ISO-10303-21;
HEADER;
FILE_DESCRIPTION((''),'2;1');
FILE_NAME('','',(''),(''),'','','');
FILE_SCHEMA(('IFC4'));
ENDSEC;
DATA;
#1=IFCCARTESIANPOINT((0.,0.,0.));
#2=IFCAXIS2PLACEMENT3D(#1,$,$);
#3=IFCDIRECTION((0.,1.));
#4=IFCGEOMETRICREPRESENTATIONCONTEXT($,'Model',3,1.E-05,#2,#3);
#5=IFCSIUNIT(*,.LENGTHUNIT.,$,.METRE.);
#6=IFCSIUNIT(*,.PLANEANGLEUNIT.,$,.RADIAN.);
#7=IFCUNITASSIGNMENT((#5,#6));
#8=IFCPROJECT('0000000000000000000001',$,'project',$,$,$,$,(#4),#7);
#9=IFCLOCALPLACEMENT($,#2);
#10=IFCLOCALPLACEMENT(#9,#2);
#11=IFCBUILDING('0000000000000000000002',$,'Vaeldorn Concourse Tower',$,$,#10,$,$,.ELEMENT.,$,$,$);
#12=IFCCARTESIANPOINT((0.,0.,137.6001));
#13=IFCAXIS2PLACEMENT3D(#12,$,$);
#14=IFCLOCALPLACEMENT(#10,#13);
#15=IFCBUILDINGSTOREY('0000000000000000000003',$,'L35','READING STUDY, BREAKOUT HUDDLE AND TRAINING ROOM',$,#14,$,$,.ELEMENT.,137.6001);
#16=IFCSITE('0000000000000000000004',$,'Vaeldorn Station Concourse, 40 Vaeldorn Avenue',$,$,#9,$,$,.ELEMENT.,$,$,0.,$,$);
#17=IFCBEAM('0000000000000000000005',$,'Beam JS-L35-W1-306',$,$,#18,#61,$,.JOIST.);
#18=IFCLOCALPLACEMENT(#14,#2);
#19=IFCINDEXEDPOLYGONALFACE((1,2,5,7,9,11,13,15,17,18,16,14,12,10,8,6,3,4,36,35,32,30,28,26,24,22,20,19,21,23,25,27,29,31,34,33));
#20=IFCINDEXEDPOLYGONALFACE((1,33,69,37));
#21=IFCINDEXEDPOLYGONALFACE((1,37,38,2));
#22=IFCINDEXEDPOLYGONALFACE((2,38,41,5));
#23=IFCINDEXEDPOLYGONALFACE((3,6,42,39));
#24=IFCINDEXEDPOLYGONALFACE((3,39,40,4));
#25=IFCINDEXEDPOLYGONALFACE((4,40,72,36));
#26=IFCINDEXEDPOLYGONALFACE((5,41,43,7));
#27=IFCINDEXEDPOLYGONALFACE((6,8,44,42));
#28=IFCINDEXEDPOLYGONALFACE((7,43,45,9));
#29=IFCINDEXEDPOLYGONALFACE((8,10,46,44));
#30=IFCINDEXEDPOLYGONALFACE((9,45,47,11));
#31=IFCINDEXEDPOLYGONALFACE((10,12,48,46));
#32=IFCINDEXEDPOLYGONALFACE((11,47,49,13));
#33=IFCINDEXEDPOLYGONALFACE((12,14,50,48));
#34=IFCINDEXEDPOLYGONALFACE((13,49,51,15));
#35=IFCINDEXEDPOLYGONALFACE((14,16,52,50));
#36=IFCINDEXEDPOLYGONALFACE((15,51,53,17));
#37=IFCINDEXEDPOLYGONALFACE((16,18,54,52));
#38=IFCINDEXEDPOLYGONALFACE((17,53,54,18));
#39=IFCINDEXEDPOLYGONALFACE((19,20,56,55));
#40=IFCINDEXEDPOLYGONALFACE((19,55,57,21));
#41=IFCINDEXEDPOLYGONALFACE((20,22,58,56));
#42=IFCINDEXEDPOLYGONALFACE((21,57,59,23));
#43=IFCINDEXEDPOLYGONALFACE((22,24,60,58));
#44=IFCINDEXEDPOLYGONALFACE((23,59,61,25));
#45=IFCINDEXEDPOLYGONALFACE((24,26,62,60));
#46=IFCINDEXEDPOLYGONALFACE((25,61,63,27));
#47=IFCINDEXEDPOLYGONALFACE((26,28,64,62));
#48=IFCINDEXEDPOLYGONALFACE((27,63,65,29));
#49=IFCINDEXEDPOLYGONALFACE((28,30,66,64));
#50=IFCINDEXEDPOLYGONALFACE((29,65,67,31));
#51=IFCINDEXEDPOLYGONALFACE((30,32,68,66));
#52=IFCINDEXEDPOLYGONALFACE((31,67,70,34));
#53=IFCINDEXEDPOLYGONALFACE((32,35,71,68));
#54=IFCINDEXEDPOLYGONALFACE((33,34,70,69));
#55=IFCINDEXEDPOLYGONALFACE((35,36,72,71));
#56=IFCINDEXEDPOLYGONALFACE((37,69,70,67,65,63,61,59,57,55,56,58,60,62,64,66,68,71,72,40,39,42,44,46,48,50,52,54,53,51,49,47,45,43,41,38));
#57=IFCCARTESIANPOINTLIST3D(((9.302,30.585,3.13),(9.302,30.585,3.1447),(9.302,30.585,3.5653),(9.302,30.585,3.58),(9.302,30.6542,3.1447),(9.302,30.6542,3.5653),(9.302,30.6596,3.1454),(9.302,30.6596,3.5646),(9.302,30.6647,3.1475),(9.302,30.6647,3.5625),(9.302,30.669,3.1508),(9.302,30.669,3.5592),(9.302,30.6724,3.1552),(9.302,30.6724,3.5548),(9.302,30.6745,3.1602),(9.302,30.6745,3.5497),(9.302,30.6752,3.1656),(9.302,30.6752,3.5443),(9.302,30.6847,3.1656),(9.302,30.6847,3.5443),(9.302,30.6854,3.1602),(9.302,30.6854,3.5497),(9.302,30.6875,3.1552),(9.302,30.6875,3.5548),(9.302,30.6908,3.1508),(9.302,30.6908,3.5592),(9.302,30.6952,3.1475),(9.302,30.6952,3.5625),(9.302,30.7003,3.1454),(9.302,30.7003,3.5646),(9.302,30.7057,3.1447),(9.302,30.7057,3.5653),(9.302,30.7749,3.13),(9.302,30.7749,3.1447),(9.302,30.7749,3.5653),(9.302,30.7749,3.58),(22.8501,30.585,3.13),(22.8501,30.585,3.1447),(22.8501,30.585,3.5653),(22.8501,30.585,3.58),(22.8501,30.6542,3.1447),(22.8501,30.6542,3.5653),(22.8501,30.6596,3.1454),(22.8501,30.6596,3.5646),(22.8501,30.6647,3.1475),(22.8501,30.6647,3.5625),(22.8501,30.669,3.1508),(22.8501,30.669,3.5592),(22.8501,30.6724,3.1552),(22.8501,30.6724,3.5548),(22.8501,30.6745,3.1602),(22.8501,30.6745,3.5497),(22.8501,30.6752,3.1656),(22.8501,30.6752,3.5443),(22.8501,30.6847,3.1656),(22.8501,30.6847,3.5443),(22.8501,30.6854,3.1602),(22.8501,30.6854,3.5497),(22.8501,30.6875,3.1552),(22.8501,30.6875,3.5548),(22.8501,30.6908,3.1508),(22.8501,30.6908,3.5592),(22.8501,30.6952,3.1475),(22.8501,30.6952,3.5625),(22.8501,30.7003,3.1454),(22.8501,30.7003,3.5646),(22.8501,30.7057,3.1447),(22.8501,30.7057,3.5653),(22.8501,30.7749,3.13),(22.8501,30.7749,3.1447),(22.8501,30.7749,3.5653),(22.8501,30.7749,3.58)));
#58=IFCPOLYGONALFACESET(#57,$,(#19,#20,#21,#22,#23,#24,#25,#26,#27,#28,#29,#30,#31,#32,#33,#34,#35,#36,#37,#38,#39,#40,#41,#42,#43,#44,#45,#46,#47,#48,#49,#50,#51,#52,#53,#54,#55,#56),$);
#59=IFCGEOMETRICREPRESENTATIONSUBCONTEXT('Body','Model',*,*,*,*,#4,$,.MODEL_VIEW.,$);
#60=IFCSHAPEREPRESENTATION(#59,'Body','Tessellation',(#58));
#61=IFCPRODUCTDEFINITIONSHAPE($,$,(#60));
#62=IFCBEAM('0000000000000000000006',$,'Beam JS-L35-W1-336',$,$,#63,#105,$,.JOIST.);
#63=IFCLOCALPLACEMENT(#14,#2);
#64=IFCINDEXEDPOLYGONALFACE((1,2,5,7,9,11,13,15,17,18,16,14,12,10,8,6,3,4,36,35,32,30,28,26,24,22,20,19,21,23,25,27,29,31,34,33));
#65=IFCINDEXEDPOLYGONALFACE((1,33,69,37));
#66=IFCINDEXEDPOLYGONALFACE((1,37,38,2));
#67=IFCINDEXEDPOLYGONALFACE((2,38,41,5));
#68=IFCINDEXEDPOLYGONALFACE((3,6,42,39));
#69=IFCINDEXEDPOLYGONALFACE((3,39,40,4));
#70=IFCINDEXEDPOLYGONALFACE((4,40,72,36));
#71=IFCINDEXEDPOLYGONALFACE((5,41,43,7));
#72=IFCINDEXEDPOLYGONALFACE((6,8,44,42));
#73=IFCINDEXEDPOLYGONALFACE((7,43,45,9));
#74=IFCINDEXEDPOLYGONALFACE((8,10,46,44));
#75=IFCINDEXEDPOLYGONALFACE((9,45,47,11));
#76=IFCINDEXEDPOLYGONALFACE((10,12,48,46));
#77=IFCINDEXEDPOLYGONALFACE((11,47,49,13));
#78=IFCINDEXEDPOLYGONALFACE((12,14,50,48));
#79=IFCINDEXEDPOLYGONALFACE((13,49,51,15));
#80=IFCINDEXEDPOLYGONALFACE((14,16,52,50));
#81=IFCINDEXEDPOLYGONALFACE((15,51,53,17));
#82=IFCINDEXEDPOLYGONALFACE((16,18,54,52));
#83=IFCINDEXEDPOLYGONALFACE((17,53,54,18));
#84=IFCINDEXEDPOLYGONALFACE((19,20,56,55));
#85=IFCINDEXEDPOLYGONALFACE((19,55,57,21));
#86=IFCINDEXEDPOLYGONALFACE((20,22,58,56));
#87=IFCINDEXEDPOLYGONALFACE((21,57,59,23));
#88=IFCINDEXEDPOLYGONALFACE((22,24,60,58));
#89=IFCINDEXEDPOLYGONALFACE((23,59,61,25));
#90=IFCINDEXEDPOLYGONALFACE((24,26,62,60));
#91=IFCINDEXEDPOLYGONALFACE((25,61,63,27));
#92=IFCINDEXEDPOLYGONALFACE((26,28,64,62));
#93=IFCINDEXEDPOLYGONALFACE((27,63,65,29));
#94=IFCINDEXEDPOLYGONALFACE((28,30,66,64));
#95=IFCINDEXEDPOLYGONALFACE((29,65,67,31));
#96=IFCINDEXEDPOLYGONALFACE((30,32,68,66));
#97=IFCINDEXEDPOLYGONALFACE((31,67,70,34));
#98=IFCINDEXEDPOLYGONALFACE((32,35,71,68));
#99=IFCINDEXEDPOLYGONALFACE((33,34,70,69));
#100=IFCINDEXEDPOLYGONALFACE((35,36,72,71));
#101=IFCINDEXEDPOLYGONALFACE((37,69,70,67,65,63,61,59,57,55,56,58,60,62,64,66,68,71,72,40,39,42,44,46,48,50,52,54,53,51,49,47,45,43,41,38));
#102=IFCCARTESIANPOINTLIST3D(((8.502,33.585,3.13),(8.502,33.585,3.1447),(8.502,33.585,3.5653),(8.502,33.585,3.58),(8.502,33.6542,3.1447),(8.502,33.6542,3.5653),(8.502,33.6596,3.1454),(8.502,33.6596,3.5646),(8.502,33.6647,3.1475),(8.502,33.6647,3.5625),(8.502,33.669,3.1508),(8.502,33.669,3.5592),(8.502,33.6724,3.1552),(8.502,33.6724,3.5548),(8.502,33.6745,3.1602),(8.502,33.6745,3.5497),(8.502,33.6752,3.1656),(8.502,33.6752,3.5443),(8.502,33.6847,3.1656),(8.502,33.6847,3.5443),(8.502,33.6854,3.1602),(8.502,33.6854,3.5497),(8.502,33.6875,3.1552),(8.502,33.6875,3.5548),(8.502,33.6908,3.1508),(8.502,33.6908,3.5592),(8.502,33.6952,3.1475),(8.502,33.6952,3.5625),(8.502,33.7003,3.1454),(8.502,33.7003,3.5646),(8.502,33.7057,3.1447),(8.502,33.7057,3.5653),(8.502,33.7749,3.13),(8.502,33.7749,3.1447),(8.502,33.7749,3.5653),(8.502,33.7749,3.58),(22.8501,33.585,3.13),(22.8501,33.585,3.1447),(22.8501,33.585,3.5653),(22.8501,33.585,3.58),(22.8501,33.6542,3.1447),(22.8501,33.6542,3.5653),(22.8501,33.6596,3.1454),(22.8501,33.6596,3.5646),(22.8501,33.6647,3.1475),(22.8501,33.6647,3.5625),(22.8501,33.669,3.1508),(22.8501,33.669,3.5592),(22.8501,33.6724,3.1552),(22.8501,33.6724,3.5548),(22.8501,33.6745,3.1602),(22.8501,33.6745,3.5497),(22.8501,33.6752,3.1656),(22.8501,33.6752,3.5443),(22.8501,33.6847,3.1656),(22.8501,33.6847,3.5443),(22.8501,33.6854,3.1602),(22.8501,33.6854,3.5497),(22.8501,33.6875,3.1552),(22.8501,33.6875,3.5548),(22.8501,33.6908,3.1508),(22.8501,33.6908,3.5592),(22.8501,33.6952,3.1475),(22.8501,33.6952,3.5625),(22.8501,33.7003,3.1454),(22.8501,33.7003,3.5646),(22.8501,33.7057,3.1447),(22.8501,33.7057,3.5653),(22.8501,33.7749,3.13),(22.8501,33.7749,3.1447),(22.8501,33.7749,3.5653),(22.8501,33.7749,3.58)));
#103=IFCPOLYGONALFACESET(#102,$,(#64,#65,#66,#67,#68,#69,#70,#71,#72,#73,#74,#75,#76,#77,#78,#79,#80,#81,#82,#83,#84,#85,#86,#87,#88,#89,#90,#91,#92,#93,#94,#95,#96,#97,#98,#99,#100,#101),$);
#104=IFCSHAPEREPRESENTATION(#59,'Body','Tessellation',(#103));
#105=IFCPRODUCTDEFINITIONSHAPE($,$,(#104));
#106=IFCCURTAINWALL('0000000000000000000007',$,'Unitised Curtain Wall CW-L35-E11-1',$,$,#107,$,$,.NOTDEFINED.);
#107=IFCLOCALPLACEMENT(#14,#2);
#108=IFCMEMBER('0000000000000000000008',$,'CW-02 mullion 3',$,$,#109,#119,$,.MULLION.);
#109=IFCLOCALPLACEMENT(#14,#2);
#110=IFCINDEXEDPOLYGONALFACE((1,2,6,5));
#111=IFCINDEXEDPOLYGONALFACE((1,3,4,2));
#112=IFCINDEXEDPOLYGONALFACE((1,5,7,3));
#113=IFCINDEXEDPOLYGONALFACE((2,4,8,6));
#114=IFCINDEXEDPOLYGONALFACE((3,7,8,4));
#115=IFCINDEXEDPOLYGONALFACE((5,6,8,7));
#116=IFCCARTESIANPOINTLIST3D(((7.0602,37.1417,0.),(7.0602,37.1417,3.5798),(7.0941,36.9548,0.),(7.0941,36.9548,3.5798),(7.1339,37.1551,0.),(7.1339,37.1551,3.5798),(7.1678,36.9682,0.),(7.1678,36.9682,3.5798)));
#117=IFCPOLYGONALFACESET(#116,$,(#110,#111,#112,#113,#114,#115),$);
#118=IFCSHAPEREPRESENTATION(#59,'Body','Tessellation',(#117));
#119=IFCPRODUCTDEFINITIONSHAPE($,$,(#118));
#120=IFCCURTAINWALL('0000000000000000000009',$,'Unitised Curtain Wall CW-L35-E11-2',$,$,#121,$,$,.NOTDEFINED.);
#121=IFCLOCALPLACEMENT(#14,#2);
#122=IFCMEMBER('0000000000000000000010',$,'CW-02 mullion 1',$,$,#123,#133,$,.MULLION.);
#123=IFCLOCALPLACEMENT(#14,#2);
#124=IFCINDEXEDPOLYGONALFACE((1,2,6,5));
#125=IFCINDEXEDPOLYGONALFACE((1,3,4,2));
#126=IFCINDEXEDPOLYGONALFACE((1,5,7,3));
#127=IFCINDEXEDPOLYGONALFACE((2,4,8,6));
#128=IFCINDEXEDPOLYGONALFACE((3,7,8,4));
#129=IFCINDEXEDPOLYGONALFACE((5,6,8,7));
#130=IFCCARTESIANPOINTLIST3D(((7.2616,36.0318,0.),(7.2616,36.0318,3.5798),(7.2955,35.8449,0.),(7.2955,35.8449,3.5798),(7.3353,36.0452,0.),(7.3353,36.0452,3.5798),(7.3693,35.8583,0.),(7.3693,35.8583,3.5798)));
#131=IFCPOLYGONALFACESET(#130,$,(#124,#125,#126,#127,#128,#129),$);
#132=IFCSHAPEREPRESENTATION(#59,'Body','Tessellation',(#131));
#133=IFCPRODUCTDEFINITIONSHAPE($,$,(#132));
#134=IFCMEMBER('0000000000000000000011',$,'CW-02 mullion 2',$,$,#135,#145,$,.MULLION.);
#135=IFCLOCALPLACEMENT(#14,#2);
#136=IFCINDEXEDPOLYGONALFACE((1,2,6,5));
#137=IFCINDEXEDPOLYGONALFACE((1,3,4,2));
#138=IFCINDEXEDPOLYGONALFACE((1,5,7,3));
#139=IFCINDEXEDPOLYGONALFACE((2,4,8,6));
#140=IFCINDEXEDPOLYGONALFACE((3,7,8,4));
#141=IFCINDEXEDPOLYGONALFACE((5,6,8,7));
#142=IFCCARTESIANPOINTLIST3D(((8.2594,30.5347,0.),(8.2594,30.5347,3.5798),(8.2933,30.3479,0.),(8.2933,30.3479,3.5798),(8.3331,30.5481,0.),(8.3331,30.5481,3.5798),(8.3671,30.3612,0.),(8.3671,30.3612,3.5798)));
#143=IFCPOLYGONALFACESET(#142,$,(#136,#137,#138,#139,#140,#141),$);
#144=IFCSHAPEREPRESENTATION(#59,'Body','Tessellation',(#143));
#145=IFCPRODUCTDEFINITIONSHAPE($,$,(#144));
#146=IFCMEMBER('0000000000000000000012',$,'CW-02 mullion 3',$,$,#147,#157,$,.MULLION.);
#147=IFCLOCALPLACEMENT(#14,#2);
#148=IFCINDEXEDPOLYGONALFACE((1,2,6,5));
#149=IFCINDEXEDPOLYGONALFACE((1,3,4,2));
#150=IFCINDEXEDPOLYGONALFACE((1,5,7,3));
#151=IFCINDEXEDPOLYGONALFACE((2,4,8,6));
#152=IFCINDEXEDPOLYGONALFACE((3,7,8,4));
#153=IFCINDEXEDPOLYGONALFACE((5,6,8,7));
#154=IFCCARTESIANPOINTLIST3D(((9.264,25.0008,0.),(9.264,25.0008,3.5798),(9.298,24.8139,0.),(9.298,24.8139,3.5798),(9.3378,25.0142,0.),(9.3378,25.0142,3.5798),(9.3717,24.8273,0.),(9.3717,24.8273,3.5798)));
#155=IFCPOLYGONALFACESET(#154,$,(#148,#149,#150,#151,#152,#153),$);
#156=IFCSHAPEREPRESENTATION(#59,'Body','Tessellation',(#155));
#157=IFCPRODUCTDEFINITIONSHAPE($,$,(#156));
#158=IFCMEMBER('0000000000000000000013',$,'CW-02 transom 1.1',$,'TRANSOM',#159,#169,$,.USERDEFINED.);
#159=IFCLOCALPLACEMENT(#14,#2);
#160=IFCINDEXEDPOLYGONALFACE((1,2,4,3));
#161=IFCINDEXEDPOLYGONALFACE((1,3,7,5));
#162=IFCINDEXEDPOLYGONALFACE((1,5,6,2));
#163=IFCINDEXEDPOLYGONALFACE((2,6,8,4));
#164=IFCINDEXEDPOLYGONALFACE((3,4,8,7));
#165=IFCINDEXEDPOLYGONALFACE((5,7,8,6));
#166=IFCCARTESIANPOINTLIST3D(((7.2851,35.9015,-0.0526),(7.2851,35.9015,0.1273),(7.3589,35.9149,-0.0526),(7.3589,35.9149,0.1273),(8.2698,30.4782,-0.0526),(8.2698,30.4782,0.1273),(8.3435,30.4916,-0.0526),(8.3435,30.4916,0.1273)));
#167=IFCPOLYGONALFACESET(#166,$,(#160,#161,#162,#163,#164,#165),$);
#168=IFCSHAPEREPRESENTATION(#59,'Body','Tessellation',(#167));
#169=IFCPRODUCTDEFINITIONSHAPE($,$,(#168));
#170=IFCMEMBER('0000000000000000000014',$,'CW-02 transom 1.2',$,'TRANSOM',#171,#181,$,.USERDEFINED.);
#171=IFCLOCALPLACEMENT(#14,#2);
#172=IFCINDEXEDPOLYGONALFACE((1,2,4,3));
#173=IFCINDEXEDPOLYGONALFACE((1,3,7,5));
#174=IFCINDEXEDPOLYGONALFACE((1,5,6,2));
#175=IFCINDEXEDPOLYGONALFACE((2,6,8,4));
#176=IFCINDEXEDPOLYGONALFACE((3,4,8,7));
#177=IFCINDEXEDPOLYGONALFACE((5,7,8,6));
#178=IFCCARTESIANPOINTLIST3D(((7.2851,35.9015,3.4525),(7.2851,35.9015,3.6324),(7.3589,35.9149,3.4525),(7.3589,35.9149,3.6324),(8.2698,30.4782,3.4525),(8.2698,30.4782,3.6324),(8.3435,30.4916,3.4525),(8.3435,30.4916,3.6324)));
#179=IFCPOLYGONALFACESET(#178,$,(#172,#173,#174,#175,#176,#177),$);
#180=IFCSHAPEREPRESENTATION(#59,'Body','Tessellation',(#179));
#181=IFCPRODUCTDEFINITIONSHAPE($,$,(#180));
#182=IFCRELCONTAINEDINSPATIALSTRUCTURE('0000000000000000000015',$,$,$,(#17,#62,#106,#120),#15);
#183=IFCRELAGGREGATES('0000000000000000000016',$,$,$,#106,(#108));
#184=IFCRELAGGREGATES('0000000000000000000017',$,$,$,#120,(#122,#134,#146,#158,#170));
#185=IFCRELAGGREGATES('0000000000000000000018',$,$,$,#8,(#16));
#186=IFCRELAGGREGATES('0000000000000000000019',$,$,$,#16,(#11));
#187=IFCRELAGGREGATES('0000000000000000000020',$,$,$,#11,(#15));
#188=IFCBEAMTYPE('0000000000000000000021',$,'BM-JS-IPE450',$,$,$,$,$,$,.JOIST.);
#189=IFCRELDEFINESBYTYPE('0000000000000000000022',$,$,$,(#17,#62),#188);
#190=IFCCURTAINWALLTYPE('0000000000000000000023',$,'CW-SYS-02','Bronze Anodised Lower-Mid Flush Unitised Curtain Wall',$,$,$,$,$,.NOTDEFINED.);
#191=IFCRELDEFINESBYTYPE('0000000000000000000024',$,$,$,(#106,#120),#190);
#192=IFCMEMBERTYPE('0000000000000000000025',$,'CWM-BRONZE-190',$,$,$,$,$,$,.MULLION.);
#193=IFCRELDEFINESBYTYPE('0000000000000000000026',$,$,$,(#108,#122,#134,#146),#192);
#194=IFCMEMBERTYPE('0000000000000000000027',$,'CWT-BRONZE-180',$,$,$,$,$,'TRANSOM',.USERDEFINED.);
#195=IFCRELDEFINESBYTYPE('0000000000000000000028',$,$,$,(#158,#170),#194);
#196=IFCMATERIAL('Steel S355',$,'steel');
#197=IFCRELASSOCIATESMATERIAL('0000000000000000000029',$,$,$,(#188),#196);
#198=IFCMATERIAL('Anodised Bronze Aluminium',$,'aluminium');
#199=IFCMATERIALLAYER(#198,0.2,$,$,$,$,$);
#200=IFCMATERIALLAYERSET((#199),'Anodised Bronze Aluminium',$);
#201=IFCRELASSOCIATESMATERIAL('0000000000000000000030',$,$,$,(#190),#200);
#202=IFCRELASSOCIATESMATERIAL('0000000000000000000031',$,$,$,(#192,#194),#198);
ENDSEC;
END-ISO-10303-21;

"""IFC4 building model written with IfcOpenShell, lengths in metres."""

from ifc_helpers import new_model, si_unit, direction, frame, origin, origin_2d, place, context, subcontext, project, spatial, rectangle, i_section, extrude, source, transform, mapped, material, layer, layer_set, material_profile, profile_set, type_object, element, aggregate, save


model = new_model("IFC4")

# Units and contexts
model_context = context("Model", 3, precision=1e-05, world=origin(), true_north=direction((0.0, 1.0)))
body_context = subcontext(model_context, "Body", "Model", "MODEL_VIEW")
ifc_project = project(units=[si_unit("LENGTHUNIT", "METRE"), si_unit("PLANEANGLEUNIT", "RADIAN")], contexts=[model_context])

# Site, building, storey
site_placement = place(None, origin())
site = spatial("IfcSite", under=ifc_project, at=site_placement, Name="Vaeldorn Station Concourse, 40 Vaeldorn Avenue", CompositionType="ELEMENT", RefElevation=0.0)
building_placement = place(site_placement, origin())
building = spatial("IfcBuilding", under=site, at=building_placement, Name="Vaeldorn Concourse Tower", CompositionType="ELEMENT")
storey_placement = place(building_placement, frame((0.0, 0.0, 137.6001)))
storey = spatial("IfcBuildingStorey", under=building, at=storey_placement, Name="L35", Description="READING STUDY, BREAKOUT HUDDLE AND TRAINING ROOM", CompositionType="ELEMENT", Elevation=137.6001)

# Beams
ifc_material_1 = material(Name="Steel S355", Category="steel")
ifc_material_profile_1 = material_profile(ifc_material_1, i_section(OverallWidth=0.1899, OverallDepth=0.45, WebThickness=0.0095, FlangeThickness=0.0146, FilletRadius=0.021, at=origin_2d()), Name="IPE 450")
ifc_profile_set_1 = profile_set([ifc_material_profile_1], Name="Steel S355")
beam_type_1 = type_object("IfcBeamType", Name="BM-JS-IPE450", PredefinedType="JOIST", material=ifc_profile_set_1)
shared_shape_1 = source(origin(), body_context, "Body", "SweptSolid", [
    extrude(i_section(OverallWidth=0.1899, OverallDepth=0.45, WebThickness=0.0095, FlangeThickness=0.0146, FilletRadius=0.021, at=origin_2d()), origin(), (0.0, 0.0, 1.0), 13.5481),
])
beam_1_placement = place(storey_placement, frame((9.302, 30.6799, 3.355), z_axis=(1.0, 0.0, 0.0), x_axis=(0.0, 1.0, 0.0)))
element("IfcBeam", 1, at=beam_1_placement, inside=storey, type_object=beam_type_1, Name="Beam JS-L35-W1-306", PredefinedType="JOIST", context=body_context, shape_type="MappedRepresentation", body=[
    mapped(shared_shape_1, transform((0.0, 0.0, 0.0), scale=1.0)),
])
shared_shape_2 = source(origin(), body_context, "Body", "SweptSolid", [
    extrude(i_section(OverallWidth=0.1899, OverallDepth=0.45, WebThickness=0.0095, FlangeThickness=0.0146, FilletRadius=0.021, at=origin_2d()), origin(), (0.0, 0.0, 1.0), 14.3481),
])
beam_2_placement = place(storey_placement, frame((8.502, 33.6799, 3.355), z_axis=(1.0, 0.0, 0.0), x_axis=(0.0, 1.0, 0.0)))
element("IfcBeam", 2, at=beam_2_placement, inside=storey, type_object=beam_type_1, Name="Beam JS-L35-W1-336", PredefinedType="JOIST", context=body_context, shape_type="MappedRepresentation", body=[
    mapped(shared_shape_2, transform((0.0, 0.0, 0.0), scale=1.0)),
])

# Curtain wall, member
ifc_material_2 = material(Name="Anodised Bronze Aluminium", Category="aluminium")
ifc_layer_1 = layer(ifc_material_2, 0.2)
ifc_layer_set_1 = layer_set([ifc_layer_1], Name="Anodised Bronze Aluminium")
curtain_wall_type = type_object("IfcCurtainWallType", Name="CW-SYS-02", Description="Bronze Anodised Lower-Mid Flush Unitised Curtain Wall", PredefinedType="NOTDEFINED", material=ifc_layer_set_1)
curtain_wall_1_placement = place(storey_placement, origin())
curtain_wall_1 = element("IfcCurtainWall", 3, at=curtain_wall_1_placement, inside=storey, type_object=curtain_wall_type, Name="Unitised Curtain Wall CW-L35-E11-1", PredefinedType="NOTDEFINED")
ifc_material_profile_2 = material_profile(ifc_material_2, rectangle(XDim=0.075, YDim=0.1899, at=origin_2d()), Name="CWM 75x190")
ifc_profile_set_2 = profile_set([ifc_material_profile_2], Name="Anodised Bronze Aluminium")
member_type_1 = type_object("IfcMemberType", Name="CWM-BRONZE-190", PredefinedType="MULLION", material=ifc_profile_set_2)
shared_shape_3 = source(origin(), body_context, "Body", "SweptSolid", [
    extrude(rectangle(XDim=0.075, YDim=0.1899, at=origin_2d()), origin(), (0.0, 0.0, 1.0), 3.5798),
])
member_1_placement = place(storey_placement, frame((7.114, 37.0549, 0.0), z_axis=(0.0, 0.0, 1.0), x_axis=(0.98392, 0.178608, 0.0)))
member_1 = element("IfcMember", 4, at=member_1_placement, type_object=member_type_1, Name="CW-02 mullion 3", PredefinedType="MULLION", context=body_context, shape_type="MappedRepresentation", body=[
    mapped(shared_shape_3, transform((0.0, 0.0, 0.0), scale=1.0)),
])

# Curtain wall, members
curtain_wall_2_placement = place(storey_placement, origin())
curtain_wall_2 = element("IfcCurtainWall", 5, at=curtain_wall_2_placement, inside=storey, type_object=curtain_wall_type, Name="Unitised Curtain Wall CW-L35-E11-2", PredefinedType="NOTDEFINED")
member_2_placement = place(storey_placement, frame((7.3154, 35.9451, 0.0), z_axis=(0.0, 0.0, 1.0), x_axis=(0.98392, 0.178608, 0.0)))
member_2 = element("IfcMember", 6, at=member_2_placement, type_object=member_type_1, Name="CW-02 mullion 1", PredefinedType="MULLION", context=body_context, shape_type="MappedRepresentation", body=[
    mapped(shared_shape_3, transform((0.0, 0.0, 0.0), scale=1.0)),
])
member_3_placement = place(storey_placement, frame((8.3132, 30.448, 0.0), z_axis=(0.0, 0.0, 1.0), x_axis=(0.98392, 0.178608, 0.0)))
member_3 = element("IfcMember", 7, at=member_3_placement, type_object=member_type_1, Name="CW-02 mullion 2", PredefinedType="MULLION", context=body_context, shape_type="MappedRepresentation", body=[
    mapped(shared_shape_3, transform((0.0, 0.0, 0.0), scale=1.0)),
])
member_4_placement = place(storey_placement, frame((9.3179, 24.9141, 0.0), z_axis=(0.0, 0.0, 1.0), x_axis=(0.98392, 0.178608, 0.0)))
member_4 = element("IfcMember", 8, at=member_4_placement, type_object=member_type_1, Name="CW-02 mullion 3", PredefinedType="MULLION", context=body_context, shape_type="MappedRepresentation", body=[
    mapped(shared_shape_3, transform((0.0, 0.0, 0.0), scale=1.0)),
])
ifc_material_profile_3 = material_profile(ifc_material_2, rectangle(XDim=0.075, YDim=0.1799, at=origin_2d()), Name="CWT 75x180")
ifc_profile_set_3 = profile_set([ifc_material_profile_3], Name="Anodised Bronze Aluminium")
member_type_2 = type_object("IfcMemberType", Name="CWT-BRONZE-180", ElementType="TRANSOM", PredefinedType="USERDEFINED", material=ifc_profile_set_3)
shared_shape_4 = source(origin(), body_context, "Body", "SweptSolid", [
    extrude(rectangle(XDim=0.075, YDim=0.1799, at=origin_2d()), origin(), (0.0, 0.0, 1.0), 5.512),
])
member_5_placement = place(storey_placement, frame((7.322, 35.9082, 0.0374), z_axis=(0.178632, -0.983916, 0.0), x_axis=(0.983916, 0.178632, 0.0)))
member_5 = element("IfcMember", 9, at=member_5_placement, type_object=member_type_2, Name="CW-02 transom 1.1", ObjectType="TRANSOM", PredefinedType="USERDEFINED", context=body_context, shape_type="MappedRepresentation", body=[
    mapped(shared_shape_4, transform((0.0, 0.0, 0.0), scale=1.0)),
])
member_6_placement = place(storey_placement, frame((7.322, 35.9082, 3.5425), z_axis=(0.178632, -0.983916, 0.0), x_axis=(0.983916, 0.178632, 0.0)))
member_6 = element("IfcMember", 10, at=member_6_placement, type_object=member_type_2, Name="CW-02 transom 1.2", ObjectType="TRANSOM", PredefinedType="USERDEFINED", context=body_context, shape_type="MappedRepresentation", body=[
    mapped(shared_shape_4, transform((0.0, 0.0, 0.0), scale=1.0)),
])

aggregate(curtain_wall_1, [member_1])
aggregate(curtain_wall_2, [member_2, member_3, member_4, member_5, member_6])

save(model, "model.ifc")
